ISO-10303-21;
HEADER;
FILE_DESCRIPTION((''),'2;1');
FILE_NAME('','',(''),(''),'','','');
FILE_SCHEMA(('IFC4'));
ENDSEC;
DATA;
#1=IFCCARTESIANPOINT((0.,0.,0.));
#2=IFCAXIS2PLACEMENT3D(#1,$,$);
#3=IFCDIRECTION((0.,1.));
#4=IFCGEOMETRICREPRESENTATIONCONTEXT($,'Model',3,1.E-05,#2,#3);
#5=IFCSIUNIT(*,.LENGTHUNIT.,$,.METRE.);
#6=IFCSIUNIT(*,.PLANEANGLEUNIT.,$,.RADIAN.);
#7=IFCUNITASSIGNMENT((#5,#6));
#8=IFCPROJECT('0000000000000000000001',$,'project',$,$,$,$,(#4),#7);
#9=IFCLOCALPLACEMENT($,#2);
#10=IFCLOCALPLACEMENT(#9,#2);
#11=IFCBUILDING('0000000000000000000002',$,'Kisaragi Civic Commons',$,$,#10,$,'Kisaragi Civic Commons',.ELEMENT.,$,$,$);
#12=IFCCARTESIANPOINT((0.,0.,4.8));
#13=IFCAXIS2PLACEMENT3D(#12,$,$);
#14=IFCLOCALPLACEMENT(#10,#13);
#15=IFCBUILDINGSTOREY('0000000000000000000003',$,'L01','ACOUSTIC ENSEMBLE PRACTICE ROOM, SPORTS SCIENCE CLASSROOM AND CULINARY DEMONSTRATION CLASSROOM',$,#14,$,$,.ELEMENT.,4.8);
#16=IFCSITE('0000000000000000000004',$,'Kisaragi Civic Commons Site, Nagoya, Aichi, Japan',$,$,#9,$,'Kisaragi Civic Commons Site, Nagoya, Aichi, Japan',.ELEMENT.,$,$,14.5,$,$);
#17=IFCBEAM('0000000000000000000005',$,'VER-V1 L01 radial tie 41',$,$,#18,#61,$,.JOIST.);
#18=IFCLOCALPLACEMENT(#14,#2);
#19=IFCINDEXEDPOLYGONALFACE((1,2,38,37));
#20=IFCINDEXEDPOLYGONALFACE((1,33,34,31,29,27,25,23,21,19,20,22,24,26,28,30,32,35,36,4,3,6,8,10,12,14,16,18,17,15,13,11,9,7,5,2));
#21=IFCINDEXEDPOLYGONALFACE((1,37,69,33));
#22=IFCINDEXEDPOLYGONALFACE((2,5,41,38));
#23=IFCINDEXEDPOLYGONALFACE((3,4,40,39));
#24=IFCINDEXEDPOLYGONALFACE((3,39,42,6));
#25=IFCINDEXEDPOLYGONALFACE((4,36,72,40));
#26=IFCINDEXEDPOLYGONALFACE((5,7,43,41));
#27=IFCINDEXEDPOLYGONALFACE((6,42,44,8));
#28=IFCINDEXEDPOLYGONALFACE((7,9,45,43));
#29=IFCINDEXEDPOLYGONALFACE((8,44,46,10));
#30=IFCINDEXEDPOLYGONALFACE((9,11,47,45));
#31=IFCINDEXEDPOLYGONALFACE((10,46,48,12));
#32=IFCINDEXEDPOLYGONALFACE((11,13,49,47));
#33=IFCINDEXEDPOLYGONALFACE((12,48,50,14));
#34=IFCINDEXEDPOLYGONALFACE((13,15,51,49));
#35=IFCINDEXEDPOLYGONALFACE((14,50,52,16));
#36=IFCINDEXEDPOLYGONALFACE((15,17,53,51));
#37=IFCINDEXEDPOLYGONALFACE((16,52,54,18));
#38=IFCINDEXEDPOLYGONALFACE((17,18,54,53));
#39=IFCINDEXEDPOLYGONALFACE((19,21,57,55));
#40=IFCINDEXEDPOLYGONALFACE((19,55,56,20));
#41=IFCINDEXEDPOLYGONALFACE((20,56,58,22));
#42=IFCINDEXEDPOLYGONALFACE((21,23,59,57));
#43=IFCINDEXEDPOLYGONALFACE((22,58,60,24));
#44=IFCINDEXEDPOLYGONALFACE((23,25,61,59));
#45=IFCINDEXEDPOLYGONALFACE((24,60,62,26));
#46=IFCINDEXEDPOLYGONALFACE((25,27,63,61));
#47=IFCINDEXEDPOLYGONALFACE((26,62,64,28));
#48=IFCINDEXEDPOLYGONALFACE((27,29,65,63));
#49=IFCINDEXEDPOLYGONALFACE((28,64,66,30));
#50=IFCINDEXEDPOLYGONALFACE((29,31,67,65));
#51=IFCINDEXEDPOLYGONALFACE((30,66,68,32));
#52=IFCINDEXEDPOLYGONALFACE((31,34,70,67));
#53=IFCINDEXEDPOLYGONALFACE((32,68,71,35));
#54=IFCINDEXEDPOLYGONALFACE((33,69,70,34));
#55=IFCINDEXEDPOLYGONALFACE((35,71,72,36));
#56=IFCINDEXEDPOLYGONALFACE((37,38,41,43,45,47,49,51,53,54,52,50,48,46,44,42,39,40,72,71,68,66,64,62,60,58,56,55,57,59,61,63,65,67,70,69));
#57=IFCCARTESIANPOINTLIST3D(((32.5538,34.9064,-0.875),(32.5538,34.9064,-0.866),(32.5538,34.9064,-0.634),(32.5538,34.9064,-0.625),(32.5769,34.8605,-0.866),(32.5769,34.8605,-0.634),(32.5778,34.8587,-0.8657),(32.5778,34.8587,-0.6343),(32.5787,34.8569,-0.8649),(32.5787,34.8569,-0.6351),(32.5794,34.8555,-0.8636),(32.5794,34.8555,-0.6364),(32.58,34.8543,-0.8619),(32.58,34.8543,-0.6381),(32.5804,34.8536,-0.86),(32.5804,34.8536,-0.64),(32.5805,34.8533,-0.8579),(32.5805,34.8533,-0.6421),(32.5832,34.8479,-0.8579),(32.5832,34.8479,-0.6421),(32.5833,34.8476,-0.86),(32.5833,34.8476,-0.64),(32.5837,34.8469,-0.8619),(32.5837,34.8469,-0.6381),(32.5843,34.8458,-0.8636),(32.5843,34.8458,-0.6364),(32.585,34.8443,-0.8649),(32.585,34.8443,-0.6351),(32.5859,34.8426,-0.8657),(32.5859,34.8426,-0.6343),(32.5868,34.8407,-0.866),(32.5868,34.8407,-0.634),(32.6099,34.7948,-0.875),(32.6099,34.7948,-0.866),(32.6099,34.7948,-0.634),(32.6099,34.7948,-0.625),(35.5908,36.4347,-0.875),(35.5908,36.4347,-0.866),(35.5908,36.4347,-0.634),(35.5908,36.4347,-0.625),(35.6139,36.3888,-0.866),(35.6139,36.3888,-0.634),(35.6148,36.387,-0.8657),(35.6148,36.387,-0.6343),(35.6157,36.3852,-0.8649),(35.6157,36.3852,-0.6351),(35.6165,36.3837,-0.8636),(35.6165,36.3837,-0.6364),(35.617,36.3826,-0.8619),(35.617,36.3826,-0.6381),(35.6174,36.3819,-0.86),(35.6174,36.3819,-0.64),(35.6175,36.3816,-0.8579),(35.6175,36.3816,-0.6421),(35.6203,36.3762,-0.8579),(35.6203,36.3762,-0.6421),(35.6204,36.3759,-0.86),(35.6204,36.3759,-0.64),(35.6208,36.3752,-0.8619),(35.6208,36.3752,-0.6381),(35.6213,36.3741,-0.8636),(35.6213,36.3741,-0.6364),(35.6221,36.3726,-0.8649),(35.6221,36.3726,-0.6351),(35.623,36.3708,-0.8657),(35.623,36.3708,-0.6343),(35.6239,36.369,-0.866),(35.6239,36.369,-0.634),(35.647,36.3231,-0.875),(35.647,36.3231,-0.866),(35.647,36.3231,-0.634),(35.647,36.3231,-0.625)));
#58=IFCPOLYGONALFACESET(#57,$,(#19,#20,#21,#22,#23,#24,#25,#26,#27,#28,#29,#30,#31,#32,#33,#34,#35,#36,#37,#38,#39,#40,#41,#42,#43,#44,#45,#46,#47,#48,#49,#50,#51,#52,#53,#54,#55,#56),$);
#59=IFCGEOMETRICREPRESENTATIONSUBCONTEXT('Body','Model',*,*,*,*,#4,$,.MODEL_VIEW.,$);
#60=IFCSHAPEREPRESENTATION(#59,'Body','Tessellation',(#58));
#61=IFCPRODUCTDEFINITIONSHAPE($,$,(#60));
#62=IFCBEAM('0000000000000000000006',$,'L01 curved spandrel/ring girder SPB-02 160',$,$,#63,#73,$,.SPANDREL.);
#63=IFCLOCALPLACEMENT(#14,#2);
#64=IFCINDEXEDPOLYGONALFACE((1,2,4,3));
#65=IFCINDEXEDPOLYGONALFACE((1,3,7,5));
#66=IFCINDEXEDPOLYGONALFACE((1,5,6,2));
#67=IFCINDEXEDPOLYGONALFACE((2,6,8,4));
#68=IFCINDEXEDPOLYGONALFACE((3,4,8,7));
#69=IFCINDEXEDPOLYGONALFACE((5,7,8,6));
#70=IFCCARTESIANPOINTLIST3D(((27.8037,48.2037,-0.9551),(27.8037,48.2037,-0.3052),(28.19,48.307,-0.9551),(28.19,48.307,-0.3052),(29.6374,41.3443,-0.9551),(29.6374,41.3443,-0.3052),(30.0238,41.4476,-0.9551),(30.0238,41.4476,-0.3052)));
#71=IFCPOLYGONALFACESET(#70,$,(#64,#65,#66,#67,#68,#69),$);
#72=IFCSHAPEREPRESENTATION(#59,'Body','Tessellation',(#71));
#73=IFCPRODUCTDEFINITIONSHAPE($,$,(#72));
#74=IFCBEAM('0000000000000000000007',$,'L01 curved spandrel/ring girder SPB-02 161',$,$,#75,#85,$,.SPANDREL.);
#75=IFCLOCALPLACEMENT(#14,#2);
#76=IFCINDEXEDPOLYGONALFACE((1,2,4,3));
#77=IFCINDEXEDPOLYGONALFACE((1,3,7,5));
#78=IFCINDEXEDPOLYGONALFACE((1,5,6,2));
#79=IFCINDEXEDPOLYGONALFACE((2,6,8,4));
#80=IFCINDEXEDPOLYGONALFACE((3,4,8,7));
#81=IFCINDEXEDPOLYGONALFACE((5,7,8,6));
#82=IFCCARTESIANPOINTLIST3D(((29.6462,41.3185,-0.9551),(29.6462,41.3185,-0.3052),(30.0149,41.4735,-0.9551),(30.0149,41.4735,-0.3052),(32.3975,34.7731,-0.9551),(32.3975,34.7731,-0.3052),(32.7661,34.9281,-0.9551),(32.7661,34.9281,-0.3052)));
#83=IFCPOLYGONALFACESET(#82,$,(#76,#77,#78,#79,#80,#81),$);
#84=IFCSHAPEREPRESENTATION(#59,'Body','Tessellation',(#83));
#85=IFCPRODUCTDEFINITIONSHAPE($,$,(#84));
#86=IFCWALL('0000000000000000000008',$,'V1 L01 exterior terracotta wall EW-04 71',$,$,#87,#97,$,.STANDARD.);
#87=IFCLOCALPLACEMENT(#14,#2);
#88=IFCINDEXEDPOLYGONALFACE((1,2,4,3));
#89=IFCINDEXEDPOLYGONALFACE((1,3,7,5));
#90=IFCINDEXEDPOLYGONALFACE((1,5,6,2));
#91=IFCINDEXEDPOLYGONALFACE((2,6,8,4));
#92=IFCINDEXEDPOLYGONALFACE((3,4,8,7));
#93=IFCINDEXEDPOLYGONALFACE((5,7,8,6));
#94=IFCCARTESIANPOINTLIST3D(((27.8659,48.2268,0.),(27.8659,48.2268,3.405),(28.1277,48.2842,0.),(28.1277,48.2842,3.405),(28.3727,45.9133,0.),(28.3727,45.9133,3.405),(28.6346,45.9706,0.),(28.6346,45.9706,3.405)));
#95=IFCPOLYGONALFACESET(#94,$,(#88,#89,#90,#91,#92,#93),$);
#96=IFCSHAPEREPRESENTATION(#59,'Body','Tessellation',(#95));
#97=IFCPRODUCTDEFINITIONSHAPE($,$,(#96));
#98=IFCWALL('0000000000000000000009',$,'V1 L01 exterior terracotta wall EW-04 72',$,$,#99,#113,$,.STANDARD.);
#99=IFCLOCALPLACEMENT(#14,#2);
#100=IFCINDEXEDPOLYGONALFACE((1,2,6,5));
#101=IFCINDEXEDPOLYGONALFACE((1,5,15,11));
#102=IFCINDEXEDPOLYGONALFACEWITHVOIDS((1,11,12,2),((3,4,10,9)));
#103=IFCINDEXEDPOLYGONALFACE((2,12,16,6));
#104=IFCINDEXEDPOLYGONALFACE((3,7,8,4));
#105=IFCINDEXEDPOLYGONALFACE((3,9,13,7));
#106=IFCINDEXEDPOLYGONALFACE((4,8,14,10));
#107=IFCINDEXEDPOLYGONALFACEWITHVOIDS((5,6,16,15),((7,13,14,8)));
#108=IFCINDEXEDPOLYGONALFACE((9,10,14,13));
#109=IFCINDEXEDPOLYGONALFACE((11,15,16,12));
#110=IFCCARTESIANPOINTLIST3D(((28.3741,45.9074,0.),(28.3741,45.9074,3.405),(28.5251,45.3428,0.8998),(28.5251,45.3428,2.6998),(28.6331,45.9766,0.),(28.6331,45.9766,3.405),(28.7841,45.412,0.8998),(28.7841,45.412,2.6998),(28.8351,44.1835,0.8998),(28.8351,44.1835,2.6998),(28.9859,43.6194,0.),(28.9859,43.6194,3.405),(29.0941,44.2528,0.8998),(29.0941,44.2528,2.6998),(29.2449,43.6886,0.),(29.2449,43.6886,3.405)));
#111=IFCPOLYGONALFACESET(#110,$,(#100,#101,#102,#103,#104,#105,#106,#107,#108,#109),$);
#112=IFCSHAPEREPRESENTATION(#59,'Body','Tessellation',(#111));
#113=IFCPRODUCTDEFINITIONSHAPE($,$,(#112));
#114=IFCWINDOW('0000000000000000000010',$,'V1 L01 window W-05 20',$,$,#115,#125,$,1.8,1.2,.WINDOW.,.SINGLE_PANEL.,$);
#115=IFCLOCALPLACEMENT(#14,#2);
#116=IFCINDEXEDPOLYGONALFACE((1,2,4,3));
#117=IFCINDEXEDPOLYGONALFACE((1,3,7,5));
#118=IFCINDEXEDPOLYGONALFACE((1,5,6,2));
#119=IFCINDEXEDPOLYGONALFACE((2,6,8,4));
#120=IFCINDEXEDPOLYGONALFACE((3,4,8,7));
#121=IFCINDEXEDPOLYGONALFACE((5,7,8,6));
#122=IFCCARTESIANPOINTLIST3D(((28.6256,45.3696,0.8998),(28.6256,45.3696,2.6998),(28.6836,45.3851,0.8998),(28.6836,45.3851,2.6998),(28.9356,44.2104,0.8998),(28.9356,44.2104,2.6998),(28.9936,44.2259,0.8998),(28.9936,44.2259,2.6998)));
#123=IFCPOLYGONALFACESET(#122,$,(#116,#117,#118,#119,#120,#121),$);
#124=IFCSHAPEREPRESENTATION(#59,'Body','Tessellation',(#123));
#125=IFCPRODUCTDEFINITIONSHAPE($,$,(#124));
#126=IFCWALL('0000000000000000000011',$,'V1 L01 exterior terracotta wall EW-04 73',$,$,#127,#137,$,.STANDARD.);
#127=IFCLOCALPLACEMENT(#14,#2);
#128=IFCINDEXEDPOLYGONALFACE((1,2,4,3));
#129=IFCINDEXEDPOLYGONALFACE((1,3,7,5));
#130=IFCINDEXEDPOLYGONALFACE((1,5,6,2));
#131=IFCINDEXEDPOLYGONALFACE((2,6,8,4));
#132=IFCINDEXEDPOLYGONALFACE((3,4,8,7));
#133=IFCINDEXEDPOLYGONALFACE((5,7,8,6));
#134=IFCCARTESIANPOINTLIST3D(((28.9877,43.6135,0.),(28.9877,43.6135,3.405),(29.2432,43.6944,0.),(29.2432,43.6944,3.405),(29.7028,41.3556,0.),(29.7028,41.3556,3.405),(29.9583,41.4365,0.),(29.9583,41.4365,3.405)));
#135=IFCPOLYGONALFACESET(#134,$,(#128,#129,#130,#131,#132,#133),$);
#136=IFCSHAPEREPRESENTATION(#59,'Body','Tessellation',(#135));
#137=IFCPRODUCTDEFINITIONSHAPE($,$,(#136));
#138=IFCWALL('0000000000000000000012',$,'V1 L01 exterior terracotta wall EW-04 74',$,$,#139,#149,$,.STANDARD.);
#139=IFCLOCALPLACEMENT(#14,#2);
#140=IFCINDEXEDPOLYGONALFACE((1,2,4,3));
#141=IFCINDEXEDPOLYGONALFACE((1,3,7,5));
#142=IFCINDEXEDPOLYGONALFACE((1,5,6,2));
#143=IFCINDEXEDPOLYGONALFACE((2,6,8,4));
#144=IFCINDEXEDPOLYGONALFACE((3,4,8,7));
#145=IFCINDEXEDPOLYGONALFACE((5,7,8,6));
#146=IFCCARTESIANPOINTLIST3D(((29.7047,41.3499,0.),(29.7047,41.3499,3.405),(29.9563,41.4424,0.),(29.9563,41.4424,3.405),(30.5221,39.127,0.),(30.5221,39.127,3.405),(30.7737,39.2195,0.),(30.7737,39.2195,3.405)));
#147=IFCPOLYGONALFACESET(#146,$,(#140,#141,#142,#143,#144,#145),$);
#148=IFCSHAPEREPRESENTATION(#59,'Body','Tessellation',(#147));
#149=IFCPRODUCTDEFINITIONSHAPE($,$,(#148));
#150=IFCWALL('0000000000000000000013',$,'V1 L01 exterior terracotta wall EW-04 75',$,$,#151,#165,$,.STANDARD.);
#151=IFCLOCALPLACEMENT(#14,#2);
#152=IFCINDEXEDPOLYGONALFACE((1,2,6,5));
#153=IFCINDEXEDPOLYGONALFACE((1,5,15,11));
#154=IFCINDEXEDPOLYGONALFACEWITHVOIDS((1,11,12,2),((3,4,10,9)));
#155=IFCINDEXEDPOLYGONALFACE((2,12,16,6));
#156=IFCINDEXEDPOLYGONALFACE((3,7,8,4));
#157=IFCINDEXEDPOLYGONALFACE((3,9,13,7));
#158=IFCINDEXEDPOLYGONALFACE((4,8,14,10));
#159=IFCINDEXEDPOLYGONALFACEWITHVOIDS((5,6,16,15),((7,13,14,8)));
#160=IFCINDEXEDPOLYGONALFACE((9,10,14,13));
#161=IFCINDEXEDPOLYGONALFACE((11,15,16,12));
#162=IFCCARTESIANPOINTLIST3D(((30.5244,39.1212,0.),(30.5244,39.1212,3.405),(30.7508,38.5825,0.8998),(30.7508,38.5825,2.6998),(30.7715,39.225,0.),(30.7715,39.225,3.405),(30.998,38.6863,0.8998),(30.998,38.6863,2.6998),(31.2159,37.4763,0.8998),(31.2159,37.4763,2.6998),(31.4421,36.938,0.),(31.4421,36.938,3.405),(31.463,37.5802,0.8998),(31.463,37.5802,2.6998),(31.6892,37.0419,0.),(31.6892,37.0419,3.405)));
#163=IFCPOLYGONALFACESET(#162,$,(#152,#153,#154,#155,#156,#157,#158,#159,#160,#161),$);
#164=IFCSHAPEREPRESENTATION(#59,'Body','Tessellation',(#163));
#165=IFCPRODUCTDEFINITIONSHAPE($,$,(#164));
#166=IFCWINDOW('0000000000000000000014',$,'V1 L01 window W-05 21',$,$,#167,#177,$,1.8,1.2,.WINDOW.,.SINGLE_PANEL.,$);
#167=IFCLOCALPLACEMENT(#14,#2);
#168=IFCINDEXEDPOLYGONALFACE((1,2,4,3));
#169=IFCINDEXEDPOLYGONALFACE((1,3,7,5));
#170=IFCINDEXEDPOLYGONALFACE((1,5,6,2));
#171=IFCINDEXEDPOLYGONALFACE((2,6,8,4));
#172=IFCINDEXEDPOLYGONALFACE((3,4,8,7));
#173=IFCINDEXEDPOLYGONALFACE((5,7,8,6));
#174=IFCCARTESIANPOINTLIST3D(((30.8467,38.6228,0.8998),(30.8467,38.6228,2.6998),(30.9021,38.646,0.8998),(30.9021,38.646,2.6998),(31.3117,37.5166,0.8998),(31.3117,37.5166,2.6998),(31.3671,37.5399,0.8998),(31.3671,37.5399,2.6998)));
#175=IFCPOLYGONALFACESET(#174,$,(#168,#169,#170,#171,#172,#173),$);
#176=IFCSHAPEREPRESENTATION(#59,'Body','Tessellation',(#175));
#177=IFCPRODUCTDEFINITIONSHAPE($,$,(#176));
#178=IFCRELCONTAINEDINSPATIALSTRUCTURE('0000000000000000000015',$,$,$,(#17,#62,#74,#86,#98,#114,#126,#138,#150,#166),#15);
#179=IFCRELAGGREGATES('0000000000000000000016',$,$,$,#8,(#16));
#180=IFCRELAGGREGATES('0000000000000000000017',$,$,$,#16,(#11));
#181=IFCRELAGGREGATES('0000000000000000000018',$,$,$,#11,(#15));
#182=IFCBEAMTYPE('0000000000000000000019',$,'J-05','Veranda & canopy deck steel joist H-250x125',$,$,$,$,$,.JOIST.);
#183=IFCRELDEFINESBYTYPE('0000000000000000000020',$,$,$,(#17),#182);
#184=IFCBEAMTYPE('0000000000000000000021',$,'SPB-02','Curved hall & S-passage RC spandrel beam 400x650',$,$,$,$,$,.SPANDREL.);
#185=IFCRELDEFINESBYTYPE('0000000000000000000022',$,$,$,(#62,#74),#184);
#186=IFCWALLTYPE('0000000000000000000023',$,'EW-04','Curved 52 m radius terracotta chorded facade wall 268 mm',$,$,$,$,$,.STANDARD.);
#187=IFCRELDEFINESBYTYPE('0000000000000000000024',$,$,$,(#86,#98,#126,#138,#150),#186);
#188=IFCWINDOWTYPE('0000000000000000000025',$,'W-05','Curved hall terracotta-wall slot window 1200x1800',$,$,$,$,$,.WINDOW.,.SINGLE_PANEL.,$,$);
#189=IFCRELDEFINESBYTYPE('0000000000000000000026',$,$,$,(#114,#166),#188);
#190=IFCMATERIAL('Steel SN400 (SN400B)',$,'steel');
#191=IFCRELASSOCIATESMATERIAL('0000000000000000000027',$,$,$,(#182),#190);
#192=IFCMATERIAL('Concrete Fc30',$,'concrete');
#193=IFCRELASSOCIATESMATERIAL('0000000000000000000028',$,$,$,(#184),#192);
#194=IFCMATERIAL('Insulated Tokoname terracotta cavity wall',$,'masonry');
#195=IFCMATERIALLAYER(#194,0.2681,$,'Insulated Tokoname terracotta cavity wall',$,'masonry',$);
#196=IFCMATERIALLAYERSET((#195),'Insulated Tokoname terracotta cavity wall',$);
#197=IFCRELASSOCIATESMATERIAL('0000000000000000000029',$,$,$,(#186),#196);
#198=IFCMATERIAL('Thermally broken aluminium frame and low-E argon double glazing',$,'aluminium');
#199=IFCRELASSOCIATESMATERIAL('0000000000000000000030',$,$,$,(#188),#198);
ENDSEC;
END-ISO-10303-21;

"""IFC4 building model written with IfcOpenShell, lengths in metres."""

from ifc_helpers import new_model, si_unit, direction, frame, frame_2d, origin, origin_2d, place, context, subcontext, project, spatial, rectangle, i_section, extrude, material, layer, layer_set, material_profile, profile_set, type_object, element, fill, save


model = new_model("IFC4")

# Units and contexts
model_context = context("Model", 3, precision=1e-05, world=origin(), true_north=direction((0.0, 1.0)))
body_context = subcontext(model_context, "Body", "Model", "MODEL_VIEW")
ifc_project = project(units=[si_unit("LENGTHUNIT", "METRE"), si_unit("PLANEANGLEUNIT", "RADIAN")], contexts=[model_context])

# Site, building, storey
site_placement = place(None, origin())
site = spatial("IfcSite", under=ifc_project, at=site_placement, Name="Kisaragi Civic Commons Site, Nagoya, Aichi, Japan", LongName="Kisaragi Civic Commons Site, Nagoya, Aichi, Japan", CompositionType="ELEMENT", RefElevation=14.5)
building_placement = place(site_placement, origin())
building = spatial("IfcBuilding", under=site, at=building_placement, Name="Kisaragi Civic Commons", LongName="Kisaragi Civic Commons", CompositionType="ELEMENT")
storey_placement = place(building_placement, frame((0.0, 0.0, 4.8)))
storey = spatial("IfcBuildingStorey", under=building, at=storey_placement, Name="L01", Description="ACOUSTIC ENSEMBLE PRACTICE ROOM, SPORTS SCIENCE CLASSROOM AND CULINARY DEMONSTRATION CLASSROOM", CompositionType="ELEMENT", Elevation=4.8)

# Shared definitions
ifc_material_1 = material(Name="Concrete Fc30", Category="concrete")

# Beams
ifc_material_2 = material(Name="Steel SN400 (SN400B)", Category="steel")
ifc_material_profile_1 = material_profile(ifc_material_2, i_section(OverallWidth=0.125, OverallDepth=0.25, WebThickness=0.0061, FlangeThickness=0.009, FilletRadius=0.0081, at=origin_2d()), Name="H-250x125x6x9", Category="steel")
ifc_profile_set_1 = profile_set([ifc_material_profile_1], Name="Steel SN400 (SN400B)")
beam_type_1 = type_object("IfcBeamType", Name="J-05", Description="Veranda & canopy deck steel joist H-250x125", PredefinedType="JOIST", material=ifc_profile_set_1)
beam_1_placement = place(storey_placement, frame((35.6189, 36.3789, -0.75), z_axis=(-0.893275, -0.44951, 0.0), x_axis=(0.44951, -0.893275, 0.0)))
element("IfcBeam", 1, at=beam_1_placement, inside=storey, type_object=beam_type_1, Name="VER-V1 L01 radial tie 41", PredefinedType="JOIST", context=body_context, shape_type="SweptSolid", body=[
    extrude(i_section(OverallWidth=0.125, OverallDepth=0.25, WebThickness=0.0061, FlangeThickness=0.009, FilletRadius=0.0081, at=origin_2d()), origin(), (0.0, 0.0, 1.0), 3.3999),
])
ifc_material_profile_2 = material_profile(ifc_material_1, rectangle(XDim=0.3999, YDim=0.6499, at=origin_2d()), Name="RC-400x650", Category="concrete")
ifc_profile_set_2 = profile_set([ifc_material_profile_2], Name="Concrete Fc30")
beam_type_2 = type_object("IfcBeamType", Name="SPB-02", Description="Curved hall & S-passage RC spandrel beam 400x650", PredefinedType="SPANDREL", material=ifc_profile_set_2)
beam_2_placement = place(storey_placement, frame((27.9968, 48.2554, -0.6301), z_axis=(0.258264, -0.966074, 0.0), x_axis=(0.966074, 0.258264, 0.0)))
element("IfcBeam", 2, at=beam_2_placement, inside=storey, type_object=beam_type_2, Name="L01 curved spandrel/ring girder SPB-02 160", PredefinedType="SPANDREL", context=body_context, shape_type="SweptSolid", body=[
    extrude(rectangle(XDim=0.3999, YDim=0.6499, at=origin_2d()), origin(), (0.0, 0.0, 1.0), 7.1003),
])
beam_3_placement = place(storey_placement, frame((29.8306, 41.396, -0.6301), z_axis=(0.38749, -0.921874, 0.0), x_axis=(0.921874, 0.38749, 0.0)))
element("IfcBeam", 3, at=beam_3_placement, inside=storey, type_object=beam_type_2, Name="L01 curved spandrel/ring girder SPB-02 161", PredefinedType="SPANDREL", context=body_context, shape_type="SweptSolid", body=[
    extrude(rectangle(XDim=0.3999, YDim=0.6499, at=origin_2d()), origin(), (0.0, 0.0, 1.0), 7.1001),
])

# Wall
ifc_material_3 = material(Name="Insulated Tokoname terracotta cavity wall", Category="masonry")
ifc_layer_1 = layer(ifc_material_3, 0.2681, Name="Insulated Tokoname terracotta cavity wall", Category="masonry")
ifc_layer_set_1 = layer_set([ifc_layer_1], Name="Insulated Tokoname terracotta cavity wall")
wall_type_1 = type_object("IfcWallType", Name="EW-04", Description="Curved 52 m radius terracotta chorded facade wall 268 mm", PredefinedType="STANDARD", material=ifc_layer_set_1)
wall_1_placement = place(storey_placement, frame((27.9968, 48.2554, 0.0), z_axis=(0.0, 0.0, 1.0), x_axis=(0.214004, -0.976833, 0.0)))
element("IfcWall", 4, at=wall_1_placement, inside=storey, type_object=wall_type_1, Name="V1 L01 exterior terracotta wall EW-04 71", PredefinedType="STANDARD", context=body_context, shape_type="SweptSolid", body=[
    extrude(rectangle(XDim=2.3684, YDim=0.2681, at=frame_2d((1.1841, 0.0))), origin(), (0.0, 0.0, 1.0), 3.405),
])

# Wall, opening, window
wall_2_placement = place(storey_placement, frame((28.5037, 45.9419, 0.0), z_axis=(0.0, 0.0, 1.0), x_axis=(0.258317, -0.96606, 0.0)))
wall_2 = element("IfcWall", 5, at=wall_2_placement, inside=storey, type_object=wall_type_1, Name="V1 L01 exterior terracotta wall EW-04 72", PredefinedType="STANDARD", context=body_context, shape_type="SweptSolid", body=[
    extrude(rectangle(XDim=2.3684, YDim=0.2681, at=frame_2d((1.1841, 0.0))), origin(), (0.0, 0.0, 1.0), 3.405),
])
opening_1_placement = place(wall_2_placement, frame((0.5842, 0.0, 0.8999)))
opening_1 = element("IfcOpeningElement", 6, at=opening_1_placement, cuts=wall_2, PredefinedType="OPENING", context=body_context, shape_type="SweptSolid", body=[
    extrude(rectangle(XDim=1.2, YDim=1.8, at=frame_2d((0.6001, 0.8999))), frame((0.0, 0.144, 0.0), z_axis=(0.0, -1.0, 0.0), x_axis=(1.0, 0.0, 0.0)), (0.0, 0.0, 1.0), 0.2881),
])
ifc_material_4 = material(Name="Thermally broken aluminium frame and low-E argon double glazing", Category="aluminium")
window_type = type_object("IfcWindowType", Name="W-05", Description="Curved hall terracotta-wall slot window 1200x1800", PartitioningType="SINGLE_PANEL", PredefinedType="WINDOW", material=ifc_material_4)
window_1_placement = place(opening_1_placement, origin())
window_1 = element("IfcWindow", 7, at=window_1_placement, inside=storey, type_object=window_type, Name="V1 L01 window W-05 20", OverallHeight=1.8, OverallWidth=1.2, PartitioningType="SINGLE_PANEL", PredefinedType="WINDOW", context=body_context, shape_type="SweptSolid", body=[
    extrude(rectangle(XDim=1.2, YDim=1.8, at=frame_2d((0.6001, 0.8999))), frame((0.0, 0.03, 0.0), z_axis=(0.0, -1.0, 0.0), x_axis=(1.0, 0.0, 0.0)), (0.0, 0.0, 1.0), 0.0601),
])
fill(opening_1, window_1)

# Walls
for number, where, z_axis, x_axis, name in (
    (8, (29.1155, 43.6538, 0.0), (0.0, 0.0, 1.0), (0.301935, -0.953328, 0.0), "V1 L01 exterior terracotta wall EW-04 73"),
    (9, (29.8306, 41.396, 0.0), (0.0, 0.0, 1.0), (0.345118, -0.938559, 0.0), "V1 L01 exterior terracotta wall EW-04 74"),
):
    element("IfcWall", number, at=place(storey_placement, frame(where, z_axis=z_axis, x_axis=x_axis)), inside=storey, type_object=wall_type_1, Name=name, PredefinedType="STANDARD", context=body_context, shape_type="SweptSolid", body=[
        extrude(rectangle(XDim=2.3684, YDim=0.2681, at=frame_2d((1.1841, 0.0))), origin(), (0.0, 0.0, 1.0), 3.405),
    ])

# Wall, opening, window
wall_3_placement = place(storey_placement, frame((30.6479, 39.1731, 0.0), z_axis=(0.0, 0.0, 1.0), x_axis=(0.387527, -0.921858, 0.0)))
wall_3 = element("IfcWall", 10, at=wall_3_placement, inside=storey, type_object=wall_type_1, Name="V1 L01 exterior terracotta wall EW-04 75", PredefinedType="STANDARD", context=body_context, shape_type="SweptSolid", body=[
    extrude(rectangle(XDim=2.3682, YDim=0.2681, at=frame_2d((1.1841, 0.0))), origin(), (0.0, 0.0, 1.0), 3.405),
])
opening_2_placement = place(wall_3_placement, frame((0.5842, 0.0, 0.8999)))
opening_2 = element("IfcOpeningElement", 11, at=opening_2_placement, cuts=wall_3, PredefinedType="OPENING", context=body_context, shape_type="SweptSolid", body=[
    extrude(rectangle(XDim=1.2, YDim=1.8, at=frame_2d((0.6001, 0.8999))), frame((0.0, 0.144, 0.0), z_axis=(0.0, -1.0, 0.0), x_axis=(1.0, 0.0, 0.0)), (0.0, 0.0, 1.0), 0.2881),
])
window_2_placement = place(opening_2_placement, origin())
window_2 = element("IfcWindow", 12, at=window_2_placement, inside=storey, type_object=window_type, Name="V1 L01 window W-05 21", OverallHeight=1.8, OverallWidth=1.2, PartitioningType="SINGLE_PANEL", PredefinedType="WINDOW", context=body_context, shape_type="SweptSolid", body=[
    extrude(rectangle(XDim=1.2, YDim=1.8, at=frame_2d((0.6001, 0.8999))), frame((0.0, 0.03, 0.0), z_axis=(0.0, -1.0, 0.0), x_axis=(1.0, 0.0, 0.0)), (0.0, 0.0, 1.0), 0.0601),
])
fill(opening_2, window_2)

save(model, "model.ifc")
